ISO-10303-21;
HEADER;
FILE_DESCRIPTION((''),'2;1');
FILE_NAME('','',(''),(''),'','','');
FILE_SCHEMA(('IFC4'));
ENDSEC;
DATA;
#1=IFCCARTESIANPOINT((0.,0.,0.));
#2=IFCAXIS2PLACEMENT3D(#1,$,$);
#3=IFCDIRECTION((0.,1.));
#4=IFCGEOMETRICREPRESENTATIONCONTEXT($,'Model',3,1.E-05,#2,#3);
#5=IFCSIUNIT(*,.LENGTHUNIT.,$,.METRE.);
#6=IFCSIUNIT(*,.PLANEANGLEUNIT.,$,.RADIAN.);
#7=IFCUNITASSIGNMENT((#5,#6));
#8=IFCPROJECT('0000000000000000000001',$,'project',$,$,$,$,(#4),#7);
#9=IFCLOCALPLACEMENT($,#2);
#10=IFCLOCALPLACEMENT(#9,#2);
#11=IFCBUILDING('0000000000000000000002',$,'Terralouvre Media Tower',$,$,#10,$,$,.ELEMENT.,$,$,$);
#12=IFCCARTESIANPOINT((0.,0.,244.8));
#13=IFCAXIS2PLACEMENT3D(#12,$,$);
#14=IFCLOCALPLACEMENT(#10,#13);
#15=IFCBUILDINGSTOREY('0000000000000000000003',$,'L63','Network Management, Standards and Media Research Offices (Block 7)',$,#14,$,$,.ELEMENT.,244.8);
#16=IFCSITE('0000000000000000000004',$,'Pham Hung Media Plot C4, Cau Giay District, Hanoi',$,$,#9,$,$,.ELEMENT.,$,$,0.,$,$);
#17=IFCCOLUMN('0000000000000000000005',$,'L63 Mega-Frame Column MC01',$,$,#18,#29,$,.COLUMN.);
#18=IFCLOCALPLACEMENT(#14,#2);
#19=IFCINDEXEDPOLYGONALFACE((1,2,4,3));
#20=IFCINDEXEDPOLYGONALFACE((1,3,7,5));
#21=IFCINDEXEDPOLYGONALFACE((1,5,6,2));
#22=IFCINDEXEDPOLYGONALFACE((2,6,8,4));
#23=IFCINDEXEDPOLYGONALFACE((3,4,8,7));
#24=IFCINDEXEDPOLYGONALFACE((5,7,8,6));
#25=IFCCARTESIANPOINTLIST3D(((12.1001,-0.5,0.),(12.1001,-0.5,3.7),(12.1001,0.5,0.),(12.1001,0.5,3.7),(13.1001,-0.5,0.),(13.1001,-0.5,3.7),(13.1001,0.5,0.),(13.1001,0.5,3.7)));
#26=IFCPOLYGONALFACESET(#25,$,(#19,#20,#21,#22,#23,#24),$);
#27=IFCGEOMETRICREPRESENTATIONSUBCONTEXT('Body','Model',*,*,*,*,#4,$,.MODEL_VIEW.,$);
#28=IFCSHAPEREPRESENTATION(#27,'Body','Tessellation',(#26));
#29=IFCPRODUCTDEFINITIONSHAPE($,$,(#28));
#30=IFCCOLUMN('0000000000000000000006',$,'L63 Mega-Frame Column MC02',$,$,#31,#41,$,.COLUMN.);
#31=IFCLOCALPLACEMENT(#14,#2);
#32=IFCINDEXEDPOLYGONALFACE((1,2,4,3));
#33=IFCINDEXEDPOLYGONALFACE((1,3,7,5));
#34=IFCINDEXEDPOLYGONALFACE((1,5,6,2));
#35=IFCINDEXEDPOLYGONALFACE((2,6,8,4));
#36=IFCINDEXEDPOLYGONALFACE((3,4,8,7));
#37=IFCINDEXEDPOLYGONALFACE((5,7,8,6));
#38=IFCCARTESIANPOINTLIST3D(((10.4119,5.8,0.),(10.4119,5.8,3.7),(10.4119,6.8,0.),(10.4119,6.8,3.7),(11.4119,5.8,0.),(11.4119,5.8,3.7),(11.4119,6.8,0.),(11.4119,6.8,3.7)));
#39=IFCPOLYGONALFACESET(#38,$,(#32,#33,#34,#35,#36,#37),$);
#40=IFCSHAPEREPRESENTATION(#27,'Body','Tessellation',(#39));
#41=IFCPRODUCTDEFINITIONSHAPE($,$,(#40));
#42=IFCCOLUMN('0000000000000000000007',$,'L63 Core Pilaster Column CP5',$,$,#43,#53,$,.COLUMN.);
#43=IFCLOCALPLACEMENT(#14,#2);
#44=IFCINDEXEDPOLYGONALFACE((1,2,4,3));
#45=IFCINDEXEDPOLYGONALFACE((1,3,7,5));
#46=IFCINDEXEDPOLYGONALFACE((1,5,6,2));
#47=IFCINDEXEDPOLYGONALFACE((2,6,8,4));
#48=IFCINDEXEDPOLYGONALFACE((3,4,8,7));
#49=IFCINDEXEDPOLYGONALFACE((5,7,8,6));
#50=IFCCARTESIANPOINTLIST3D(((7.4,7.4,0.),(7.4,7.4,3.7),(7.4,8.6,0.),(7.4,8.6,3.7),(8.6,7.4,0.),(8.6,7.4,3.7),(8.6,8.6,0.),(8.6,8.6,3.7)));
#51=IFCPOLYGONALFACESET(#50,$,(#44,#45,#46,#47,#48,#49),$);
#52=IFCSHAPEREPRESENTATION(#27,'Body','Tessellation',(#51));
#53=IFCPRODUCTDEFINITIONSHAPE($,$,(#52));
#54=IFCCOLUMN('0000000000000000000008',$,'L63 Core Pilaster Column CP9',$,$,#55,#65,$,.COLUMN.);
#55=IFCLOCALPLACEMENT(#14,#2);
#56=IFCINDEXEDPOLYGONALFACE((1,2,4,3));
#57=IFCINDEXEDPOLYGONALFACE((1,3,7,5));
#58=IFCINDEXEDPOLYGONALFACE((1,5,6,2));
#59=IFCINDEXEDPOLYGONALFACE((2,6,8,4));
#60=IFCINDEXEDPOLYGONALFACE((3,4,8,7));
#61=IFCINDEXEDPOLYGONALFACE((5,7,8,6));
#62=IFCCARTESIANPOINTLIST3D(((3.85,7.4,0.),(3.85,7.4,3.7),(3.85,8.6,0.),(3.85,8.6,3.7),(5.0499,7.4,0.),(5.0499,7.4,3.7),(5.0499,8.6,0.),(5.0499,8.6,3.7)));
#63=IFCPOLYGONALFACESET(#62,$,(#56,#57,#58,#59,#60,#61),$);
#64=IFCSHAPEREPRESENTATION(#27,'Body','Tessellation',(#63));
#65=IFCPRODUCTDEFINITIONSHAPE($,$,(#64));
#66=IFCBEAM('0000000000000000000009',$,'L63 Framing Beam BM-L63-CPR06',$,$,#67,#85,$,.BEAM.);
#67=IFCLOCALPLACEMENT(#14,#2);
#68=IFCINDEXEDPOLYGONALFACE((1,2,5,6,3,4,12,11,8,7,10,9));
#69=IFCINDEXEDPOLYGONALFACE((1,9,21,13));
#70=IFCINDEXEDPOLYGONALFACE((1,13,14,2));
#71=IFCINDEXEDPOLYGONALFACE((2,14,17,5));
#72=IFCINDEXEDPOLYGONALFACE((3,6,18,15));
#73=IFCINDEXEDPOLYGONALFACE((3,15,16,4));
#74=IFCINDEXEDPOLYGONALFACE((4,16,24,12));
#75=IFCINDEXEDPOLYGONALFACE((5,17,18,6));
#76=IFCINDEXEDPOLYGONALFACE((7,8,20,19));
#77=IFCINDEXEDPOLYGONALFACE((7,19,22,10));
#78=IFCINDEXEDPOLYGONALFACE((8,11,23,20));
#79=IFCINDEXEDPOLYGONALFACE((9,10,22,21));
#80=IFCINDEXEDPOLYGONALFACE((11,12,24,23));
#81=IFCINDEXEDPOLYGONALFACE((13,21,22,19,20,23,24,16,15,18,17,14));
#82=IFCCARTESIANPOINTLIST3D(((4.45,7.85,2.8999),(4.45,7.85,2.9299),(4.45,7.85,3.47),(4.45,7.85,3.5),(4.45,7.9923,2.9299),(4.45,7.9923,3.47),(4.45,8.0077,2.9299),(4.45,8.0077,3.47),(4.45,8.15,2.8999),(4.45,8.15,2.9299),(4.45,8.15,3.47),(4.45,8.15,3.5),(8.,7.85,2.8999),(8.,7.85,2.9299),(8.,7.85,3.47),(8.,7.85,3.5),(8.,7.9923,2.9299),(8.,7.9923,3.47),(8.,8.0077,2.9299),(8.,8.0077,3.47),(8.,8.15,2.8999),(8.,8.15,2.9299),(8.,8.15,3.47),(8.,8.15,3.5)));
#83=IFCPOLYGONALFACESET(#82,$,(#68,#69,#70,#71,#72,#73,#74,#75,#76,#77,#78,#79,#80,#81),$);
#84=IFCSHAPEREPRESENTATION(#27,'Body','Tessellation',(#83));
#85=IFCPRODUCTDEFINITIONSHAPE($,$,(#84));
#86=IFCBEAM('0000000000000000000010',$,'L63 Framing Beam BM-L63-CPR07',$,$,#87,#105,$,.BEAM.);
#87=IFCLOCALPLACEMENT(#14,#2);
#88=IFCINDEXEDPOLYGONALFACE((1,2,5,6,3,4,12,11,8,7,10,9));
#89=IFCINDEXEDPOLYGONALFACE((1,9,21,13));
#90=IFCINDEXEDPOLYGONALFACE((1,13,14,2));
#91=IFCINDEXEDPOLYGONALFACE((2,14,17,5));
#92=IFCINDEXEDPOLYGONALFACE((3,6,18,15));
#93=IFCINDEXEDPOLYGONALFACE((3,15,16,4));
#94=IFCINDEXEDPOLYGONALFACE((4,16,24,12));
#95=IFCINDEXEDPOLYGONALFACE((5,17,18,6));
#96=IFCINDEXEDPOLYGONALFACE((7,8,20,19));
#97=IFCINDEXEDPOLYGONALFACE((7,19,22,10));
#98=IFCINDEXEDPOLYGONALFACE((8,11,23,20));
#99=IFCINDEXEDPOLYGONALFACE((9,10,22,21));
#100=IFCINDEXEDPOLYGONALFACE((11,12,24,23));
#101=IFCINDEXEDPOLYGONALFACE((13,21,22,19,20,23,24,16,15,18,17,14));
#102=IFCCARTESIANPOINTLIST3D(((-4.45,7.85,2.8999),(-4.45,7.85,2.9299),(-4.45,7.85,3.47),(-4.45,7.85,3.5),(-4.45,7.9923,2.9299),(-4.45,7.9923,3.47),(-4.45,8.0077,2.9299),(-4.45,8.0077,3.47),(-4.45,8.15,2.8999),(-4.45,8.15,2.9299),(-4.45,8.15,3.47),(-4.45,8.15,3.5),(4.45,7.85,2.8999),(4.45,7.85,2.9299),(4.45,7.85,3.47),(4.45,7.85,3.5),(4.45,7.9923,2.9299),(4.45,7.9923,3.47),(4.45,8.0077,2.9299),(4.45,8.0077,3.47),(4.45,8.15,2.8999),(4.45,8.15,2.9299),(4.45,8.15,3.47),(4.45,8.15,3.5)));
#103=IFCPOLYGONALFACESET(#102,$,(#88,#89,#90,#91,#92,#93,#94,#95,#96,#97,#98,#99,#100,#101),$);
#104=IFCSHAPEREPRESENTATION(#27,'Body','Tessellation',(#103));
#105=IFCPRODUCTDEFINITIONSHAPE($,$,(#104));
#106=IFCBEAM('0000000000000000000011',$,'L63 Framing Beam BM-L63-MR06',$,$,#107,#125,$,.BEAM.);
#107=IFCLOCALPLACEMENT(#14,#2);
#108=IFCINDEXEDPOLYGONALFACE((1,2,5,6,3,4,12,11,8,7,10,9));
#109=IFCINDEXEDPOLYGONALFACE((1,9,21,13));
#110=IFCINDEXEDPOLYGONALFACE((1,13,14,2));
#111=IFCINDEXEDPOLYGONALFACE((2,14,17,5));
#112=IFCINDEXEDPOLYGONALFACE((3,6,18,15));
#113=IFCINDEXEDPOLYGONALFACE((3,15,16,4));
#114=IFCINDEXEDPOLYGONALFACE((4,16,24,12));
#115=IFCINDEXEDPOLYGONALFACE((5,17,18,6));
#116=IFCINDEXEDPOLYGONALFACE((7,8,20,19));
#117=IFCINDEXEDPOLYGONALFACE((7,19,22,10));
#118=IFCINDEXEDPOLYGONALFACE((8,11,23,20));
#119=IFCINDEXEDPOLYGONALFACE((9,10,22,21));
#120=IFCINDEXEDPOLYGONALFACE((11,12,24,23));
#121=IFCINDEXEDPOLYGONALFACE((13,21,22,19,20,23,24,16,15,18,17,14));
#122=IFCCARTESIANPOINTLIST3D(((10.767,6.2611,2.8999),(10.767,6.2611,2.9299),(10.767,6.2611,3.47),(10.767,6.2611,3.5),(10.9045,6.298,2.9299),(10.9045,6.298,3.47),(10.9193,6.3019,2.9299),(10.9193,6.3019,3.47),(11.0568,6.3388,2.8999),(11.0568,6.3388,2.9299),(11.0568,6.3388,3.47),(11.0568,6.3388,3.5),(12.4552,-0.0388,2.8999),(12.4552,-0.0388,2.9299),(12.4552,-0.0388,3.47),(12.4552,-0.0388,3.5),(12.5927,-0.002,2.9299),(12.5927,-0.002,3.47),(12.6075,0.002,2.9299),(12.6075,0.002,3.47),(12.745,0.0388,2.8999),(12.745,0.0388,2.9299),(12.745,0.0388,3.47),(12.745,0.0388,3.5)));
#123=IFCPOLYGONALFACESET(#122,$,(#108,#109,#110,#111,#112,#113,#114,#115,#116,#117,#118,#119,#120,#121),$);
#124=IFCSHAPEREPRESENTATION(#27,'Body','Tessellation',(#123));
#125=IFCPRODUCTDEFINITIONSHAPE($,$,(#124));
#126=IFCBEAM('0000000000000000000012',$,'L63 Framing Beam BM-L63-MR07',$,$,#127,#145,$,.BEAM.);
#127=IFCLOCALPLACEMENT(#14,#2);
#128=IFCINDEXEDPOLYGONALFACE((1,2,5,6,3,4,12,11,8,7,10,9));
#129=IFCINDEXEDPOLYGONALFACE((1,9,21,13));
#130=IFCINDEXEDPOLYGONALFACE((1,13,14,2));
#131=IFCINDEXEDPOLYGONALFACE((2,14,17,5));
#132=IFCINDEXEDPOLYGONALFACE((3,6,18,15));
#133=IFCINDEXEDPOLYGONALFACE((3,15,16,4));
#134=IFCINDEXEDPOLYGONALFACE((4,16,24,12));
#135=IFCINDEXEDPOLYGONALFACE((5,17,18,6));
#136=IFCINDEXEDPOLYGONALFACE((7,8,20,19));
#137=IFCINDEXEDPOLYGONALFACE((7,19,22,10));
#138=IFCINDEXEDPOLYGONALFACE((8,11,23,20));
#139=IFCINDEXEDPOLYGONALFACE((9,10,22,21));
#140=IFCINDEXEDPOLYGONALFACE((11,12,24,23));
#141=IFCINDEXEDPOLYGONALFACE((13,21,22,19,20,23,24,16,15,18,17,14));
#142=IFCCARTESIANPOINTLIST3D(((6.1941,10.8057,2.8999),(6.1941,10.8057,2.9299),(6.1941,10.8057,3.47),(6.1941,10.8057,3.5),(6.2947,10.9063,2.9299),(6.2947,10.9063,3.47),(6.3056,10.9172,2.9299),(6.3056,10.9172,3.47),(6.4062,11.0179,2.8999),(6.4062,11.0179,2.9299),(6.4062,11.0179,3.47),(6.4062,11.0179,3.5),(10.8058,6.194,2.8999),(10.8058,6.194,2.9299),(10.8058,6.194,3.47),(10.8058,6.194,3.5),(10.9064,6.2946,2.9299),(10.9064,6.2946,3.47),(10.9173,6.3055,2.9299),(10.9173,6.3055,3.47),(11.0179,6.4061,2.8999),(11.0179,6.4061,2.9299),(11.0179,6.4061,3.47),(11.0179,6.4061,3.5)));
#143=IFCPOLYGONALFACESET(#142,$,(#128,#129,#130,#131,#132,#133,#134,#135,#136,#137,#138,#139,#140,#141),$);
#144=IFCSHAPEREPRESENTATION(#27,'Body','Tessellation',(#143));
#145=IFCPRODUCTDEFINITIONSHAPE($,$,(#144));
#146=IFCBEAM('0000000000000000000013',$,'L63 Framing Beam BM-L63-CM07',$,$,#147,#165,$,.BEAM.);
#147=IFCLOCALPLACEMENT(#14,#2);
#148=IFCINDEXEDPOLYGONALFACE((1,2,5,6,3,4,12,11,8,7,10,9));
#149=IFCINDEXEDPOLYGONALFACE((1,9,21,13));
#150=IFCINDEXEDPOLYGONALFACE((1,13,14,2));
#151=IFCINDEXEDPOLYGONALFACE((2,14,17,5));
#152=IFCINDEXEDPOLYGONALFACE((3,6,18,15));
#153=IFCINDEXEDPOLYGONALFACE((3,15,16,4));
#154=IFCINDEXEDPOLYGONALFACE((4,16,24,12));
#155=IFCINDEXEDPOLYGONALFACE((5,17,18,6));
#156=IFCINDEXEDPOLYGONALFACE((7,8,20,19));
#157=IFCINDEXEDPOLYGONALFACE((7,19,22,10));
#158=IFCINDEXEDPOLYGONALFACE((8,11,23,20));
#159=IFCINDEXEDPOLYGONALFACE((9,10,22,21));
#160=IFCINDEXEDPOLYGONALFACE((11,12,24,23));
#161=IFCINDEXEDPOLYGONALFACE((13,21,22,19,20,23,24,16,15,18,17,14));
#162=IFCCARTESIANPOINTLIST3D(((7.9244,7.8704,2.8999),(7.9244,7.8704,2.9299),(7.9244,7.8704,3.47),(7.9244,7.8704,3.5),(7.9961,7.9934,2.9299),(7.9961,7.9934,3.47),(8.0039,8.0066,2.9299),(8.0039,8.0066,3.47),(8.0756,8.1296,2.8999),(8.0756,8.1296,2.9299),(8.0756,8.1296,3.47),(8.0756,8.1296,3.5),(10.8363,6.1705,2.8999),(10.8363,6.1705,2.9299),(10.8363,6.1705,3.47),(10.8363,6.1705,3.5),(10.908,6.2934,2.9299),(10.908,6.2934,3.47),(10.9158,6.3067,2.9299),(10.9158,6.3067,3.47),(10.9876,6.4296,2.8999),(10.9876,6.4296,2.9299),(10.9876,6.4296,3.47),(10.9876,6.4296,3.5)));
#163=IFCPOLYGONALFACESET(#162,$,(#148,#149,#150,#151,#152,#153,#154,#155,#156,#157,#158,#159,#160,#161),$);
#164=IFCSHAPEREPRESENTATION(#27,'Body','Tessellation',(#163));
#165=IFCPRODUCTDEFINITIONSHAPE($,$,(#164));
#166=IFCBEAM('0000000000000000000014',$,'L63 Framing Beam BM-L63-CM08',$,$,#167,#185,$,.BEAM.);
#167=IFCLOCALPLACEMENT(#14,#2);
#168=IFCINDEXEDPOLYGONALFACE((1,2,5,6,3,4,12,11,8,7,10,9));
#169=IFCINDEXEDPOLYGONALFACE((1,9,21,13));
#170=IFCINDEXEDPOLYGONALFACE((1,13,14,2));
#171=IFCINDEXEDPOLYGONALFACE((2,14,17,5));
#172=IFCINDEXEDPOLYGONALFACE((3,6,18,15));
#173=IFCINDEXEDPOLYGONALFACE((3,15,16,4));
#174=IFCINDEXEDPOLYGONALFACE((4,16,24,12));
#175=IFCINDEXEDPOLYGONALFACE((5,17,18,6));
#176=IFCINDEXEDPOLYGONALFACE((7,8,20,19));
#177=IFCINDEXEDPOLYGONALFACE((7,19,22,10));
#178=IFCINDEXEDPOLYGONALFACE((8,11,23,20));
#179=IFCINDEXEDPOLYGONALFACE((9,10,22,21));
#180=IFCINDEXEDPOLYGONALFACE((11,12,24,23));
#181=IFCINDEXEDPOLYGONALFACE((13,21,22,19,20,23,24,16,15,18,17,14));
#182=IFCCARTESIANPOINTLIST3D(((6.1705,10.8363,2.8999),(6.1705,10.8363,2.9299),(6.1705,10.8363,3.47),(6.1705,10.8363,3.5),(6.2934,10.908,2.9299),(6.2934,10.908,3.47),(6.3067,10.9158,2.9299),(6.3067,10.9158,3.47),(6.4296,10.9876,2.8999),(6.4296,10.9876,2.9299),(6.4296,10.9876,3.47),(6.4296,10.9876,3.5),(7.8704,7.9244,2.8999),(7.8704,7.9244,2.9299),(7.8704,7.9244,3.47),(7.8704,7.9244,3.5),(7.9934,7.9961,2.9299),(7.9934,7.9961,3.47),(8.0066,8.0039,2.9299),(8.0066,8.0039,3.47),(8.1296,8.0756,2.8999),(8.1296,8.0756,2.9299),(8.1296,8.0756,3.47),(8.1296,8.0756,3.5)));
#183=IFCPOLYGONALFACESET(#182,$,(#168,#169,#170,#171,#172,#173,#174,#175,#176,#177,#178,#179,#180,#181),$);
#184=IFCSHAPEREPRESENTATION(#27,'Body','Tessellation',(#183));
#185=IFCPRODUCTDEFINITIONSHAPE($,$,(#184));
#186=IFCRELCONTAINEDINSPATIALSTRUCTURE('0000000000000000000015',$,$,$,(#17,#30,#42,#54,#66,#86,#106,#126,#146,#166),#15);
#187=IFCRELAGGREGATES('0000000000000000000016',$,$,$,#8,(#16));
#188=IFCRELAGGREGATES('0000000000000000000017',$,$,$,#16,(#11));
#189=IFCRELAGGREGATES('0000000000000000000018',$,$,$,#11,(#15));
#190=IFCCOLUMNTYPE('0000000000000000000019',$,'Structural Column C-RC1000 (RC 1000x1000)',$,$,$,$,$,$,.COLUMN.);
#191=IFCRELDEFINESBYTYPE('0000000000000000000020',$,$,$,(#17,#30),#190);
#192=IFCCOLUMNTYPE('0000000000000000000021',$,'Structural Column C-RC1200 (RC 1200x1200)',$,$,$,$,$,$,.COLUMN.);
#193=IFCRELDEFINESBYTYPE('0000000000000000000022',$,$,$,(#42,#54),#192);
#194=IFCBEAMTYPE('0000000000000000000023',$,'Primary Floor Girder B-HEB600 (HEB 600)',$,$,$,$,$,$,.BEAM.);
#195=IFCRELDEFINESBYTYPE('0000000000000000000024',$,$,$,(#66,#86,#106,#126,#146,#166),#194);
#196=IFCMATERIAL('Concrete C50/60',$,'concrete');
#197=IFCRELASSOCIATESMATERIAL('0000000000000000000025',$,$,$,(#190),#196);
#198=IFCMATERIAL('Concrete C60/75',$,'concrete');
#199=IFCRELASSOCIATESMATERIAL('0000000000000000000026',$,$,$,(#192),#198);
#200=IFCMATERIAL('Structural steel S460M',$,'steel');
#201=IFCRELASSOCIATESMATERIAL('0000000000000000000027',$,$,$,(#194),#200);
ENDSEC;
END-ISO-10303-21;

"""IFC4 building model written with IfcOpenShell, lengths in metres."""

from ifc_helpers import new_model, si_unit, direction, frame, origin, origin_2d, place, context, subcontext, project, spatial, rectangle, i_section, extrude, material, material_profile, profile_set, type_object, element, save


model = new_model("IFC4")

# Units and contexts
model_context = context("Model", 3, precision=1e-05, world=origin(), true_north=direction((0.0, 1.0)))
body_context = subcontext(model_context, "Body", "Model", "MODEL_VIEW")
ifc_project = project(units=[si_unit("LENGTHUNIT", "METRE"), si_unit("PLANEANGLEUNIT", "RADIAN")], contexts=[model_context])

# Site, building, storey
site_placement = place(None, origin())
site = spatial("IfcSite", under=ifc_project, at=site_placement, Name="Pham Hung Media Plot C4, Cau Giay District, Hanoi", CompositionType="ELEMENT", RefElevation=0.0)
building_placement = place(site_placement, origin())
building = spatial("IfcBuilding", under=site, at=building_placement, Name="Terralouvre Media Tower", CompositionType="ELEMENT")
storey_placement = place(building_placement, frame((0.0, 0.0, 244.8)))
storey = spatial("IfcBuildingStorey", under=building, at=storey_placement, Name="L63", Description="Network Management, Standards and Media Research Offices (Block 7)", CompositionType="ELEMENT", Elevation=244.8)

# Columns
ifc_material_1 = material(Name="Concrete C50/60", Category="concrete")
ifc_material_profile_1 = material_profile(ifc_material_1, rectangle(XDim=1.0, YDim=1.0, at=origin_2d()), Name="RC 1000x1000")
ifc_profile_set_1 = profile_set([ifc_material_profile_1], Name="Concrete C50/60")
column_type_1 = type_object("IfcColumnType", Name="Structural Column C-RC1000 (RC 1000x1000)", PredefinedType="COLUMN", material=ifc_profile_set_1)
for number, where, z_axis, x_axis, name in (
    (1, (12.6001, 0.0, 0.0), (0.0, 0.0, 1.0), (1.0, 0.0, 0.0), "L63 Mega-Frame Column MC01"),
    (2, (10.9119, 6.3, 0.0), (0.0, 0.0, 1.0), (1.0, 0.0, 0.0), "L63 Mega-Frame Column MC02"),
):
    element("IfcColumn", number, at=place(storey_placement, frame(where, z_axis=z_axis, x_axis=x_axis)), inside=storey, type_object=column_type_1, Name=name, PredefinedType="COLUMN", context=body_context, shape_type="SweptSolid", body=[
        extrude(rectangle(XDim=1.0, YDim=1.0, at=origin_2d()), origin(), (0.0, 0.0, 1.0), 3.7),
    ])
ifc_material_2 = material(Name="Concrete C60/75", Category="concrete")
ifc_material_profile_2 = material_profile(ifc_material_2, rectangle(XDim=1.2, YDim=1.2, at=origin_2d()), Name="RC 1200x1200")
ifc_profile_set_2 = profile_set([ifc_material_profile_2], Name="Concrete C60/75")
column_type_2 = type_object("IfcColumnType", Name="Structural Column C-RC1200 (RC 1200x1200)", PredefinedType="COLUMN", material=ifc_profile_set_2)
for number, where, z_axis, x_axis, name in (
    (3, (8.0, 8.0, 0.0), (0.0, 0.0, 1.0), (1.0, 0.0, 0.0), "L63 Core Pilaster Column CP5"),
    (4, (4.45, 8.0, 0.0), (0.0, 0.0, 1.0), (1.0, 0.0, 0.0), "L63 Core Pilaster Column CP9"),
):
    element("IfcColumn", number, at=place(storey_placement, frame(where, z_axis=z_axis, x_axis=x_axis)), inside=storey, type_object=column_type_2, Name=name, PredefinedType="COLUMN", context=body_context, shape_type="SweptSolid", body=[
        extrude(rectangle(XDim=1.2, YDim=1.2, at=origin_2d()), origin(), (0.0, 0.0, 1.0), 3.7),
    ])

# Beams
ifc_material_3 = material(Name="Structural steel S460M", Category="steel")
ifc_material_profile_3 = material_profile(ifc_material_3, i_section(OverallWidth=0.3, OverallDepth=0.6001, WebThickness=0.0154, FlangeThickness=0.03, at=origin_2d()), Name="HEB 600")
ifc_profile_set_3 = profile_set([ifc_material_profile_3], Name="Structural steel S460M")
beam_type_1 = type_object("IfcBeamType", Name="Primary Floor Girder B-HEB600 (HEB 600)", PredefinedType="BEAM", material=ifc_profile_set_3)
beam_1_placement = place(storey_placement, frame((8.0, 8.0, 3.2), z_axis=(-1.0, 0.0, 0.0), x_axis=(0.0, -1.0, 0.0)))
element("IfcBeam", 5, at=beam_1_placement, inside=storey, type_object=beam_type_1, Name="L63 Framing Beam BM-L63-CPR06", PredefinedType="BEAM", context=body_context, shape_type="SweptSolid", body=[
    extrude(i_section(OverallWidth=0.3, OverallDepth=0.6001, WebThickness=0.0154, FlangeThickness=0.03, at=origin_2d()), origin(), (0.0, 0.0, 1.0), 3.55),
])
beam_2_placement = place(storey_placement, frame((4.45, 8.0, 3.2), z_axis=(-1.0, 0.0, 0.0), x_axis=(0.0, -1.0, 0.0)))
element("IfcBeam", 6, at=beam_2_placement, inside=storey, type_object=beam_type_1, Name="L63 Framing Beam BM-L63-CPR07", PredefinedType="BEAM", context=body_context, shape_type="SweptSolid", body=[
    extrude(i_section(OverallWidth=0.3, OverallDepth=0.6001, WebThickness=0.0154, FlangeThickness=0.03, at=origin_2d()), origin(), (0.0, 0.0, 1.0), 8.8999),
])
beam_3_placement = place(storey_placement, frame((12.6001, 0.0, 3.2), z_axis=(-0.258839, 0.96592, 0.0), x_axis=(-0.96592, -0.258839, 0.0)))
element("IfcBeam", 7, at=beam_3_placement, inside=storey, type_object=beam_type_1, Name="L63 Framing Beam BM-L63-MR06", PredefinedType="BEAM", context=body_context, shape_type="SweptSolid", body=[
    extrude(i_section(OverallWidth=0.3, OverallDepth=0.6001, WebThickness=0.0154, FlangeThickness=0.03, at=origin_2d()), origin(), (0.0, 0.0, 1.0), 6.5222),
])
beam_4_placement = place(storey_placement, frame((10.9119, 6.3, 3.2), z_axis=(-0.707107, 0.707107, 0.0), x_axis=(-0.707107, -0.707107, 0.0)))
element("IfcBeam", 8, at=beam_4_placement, inside=storey, type_object=beam_type_1, Name="L63 Framing Beam BM-L63-MR07", PredefinedType="BEAM", context=body_context, shape_type="SweptSolid", body=[
    extrude(i_section(OverallWidth=0.3, OverallDepth=0.6001, WebThickness=0.0154, FlangeThickness=0.03, at=origin_2d()), origin(), (0.0, 0.0, 1.0), 6.522),
])
for number, where, z_axis, x_axis, name in (
    (9, (8.0, 8.0, 3.2), (0.863603, -0.504173, 0.0), (0.504173, 0.863603, 0.0), "L63 Framing Beam BM-L63-CM07"),
    (10, (8.0, 8.0, 3.2), (-0.504173, 0.863603, 0.0), (-0.863603, -0.504173, 0.0), "L63 Framing Beam BM-L63-CM08"),
):
    element("IfcBeam", number, at=place(storey_placement, frame(where, z_axis=z_axis, x_axis=x_axis)), inside=storey, type_object=beam_type_1, Name=name, PredefinedType="BEAM", context=body_context, shape_type="SweptSolid", body=[
        extrude(i_section(OverallWidth=0.3, OverallDepth=0.6001, WebThickness=0.0154, FlangeThickness=0.03, at=origin_2d()), origin(), (0.0, 0.0, 1.0), 3.3718),
    ])

save(model, "model.ifc")
